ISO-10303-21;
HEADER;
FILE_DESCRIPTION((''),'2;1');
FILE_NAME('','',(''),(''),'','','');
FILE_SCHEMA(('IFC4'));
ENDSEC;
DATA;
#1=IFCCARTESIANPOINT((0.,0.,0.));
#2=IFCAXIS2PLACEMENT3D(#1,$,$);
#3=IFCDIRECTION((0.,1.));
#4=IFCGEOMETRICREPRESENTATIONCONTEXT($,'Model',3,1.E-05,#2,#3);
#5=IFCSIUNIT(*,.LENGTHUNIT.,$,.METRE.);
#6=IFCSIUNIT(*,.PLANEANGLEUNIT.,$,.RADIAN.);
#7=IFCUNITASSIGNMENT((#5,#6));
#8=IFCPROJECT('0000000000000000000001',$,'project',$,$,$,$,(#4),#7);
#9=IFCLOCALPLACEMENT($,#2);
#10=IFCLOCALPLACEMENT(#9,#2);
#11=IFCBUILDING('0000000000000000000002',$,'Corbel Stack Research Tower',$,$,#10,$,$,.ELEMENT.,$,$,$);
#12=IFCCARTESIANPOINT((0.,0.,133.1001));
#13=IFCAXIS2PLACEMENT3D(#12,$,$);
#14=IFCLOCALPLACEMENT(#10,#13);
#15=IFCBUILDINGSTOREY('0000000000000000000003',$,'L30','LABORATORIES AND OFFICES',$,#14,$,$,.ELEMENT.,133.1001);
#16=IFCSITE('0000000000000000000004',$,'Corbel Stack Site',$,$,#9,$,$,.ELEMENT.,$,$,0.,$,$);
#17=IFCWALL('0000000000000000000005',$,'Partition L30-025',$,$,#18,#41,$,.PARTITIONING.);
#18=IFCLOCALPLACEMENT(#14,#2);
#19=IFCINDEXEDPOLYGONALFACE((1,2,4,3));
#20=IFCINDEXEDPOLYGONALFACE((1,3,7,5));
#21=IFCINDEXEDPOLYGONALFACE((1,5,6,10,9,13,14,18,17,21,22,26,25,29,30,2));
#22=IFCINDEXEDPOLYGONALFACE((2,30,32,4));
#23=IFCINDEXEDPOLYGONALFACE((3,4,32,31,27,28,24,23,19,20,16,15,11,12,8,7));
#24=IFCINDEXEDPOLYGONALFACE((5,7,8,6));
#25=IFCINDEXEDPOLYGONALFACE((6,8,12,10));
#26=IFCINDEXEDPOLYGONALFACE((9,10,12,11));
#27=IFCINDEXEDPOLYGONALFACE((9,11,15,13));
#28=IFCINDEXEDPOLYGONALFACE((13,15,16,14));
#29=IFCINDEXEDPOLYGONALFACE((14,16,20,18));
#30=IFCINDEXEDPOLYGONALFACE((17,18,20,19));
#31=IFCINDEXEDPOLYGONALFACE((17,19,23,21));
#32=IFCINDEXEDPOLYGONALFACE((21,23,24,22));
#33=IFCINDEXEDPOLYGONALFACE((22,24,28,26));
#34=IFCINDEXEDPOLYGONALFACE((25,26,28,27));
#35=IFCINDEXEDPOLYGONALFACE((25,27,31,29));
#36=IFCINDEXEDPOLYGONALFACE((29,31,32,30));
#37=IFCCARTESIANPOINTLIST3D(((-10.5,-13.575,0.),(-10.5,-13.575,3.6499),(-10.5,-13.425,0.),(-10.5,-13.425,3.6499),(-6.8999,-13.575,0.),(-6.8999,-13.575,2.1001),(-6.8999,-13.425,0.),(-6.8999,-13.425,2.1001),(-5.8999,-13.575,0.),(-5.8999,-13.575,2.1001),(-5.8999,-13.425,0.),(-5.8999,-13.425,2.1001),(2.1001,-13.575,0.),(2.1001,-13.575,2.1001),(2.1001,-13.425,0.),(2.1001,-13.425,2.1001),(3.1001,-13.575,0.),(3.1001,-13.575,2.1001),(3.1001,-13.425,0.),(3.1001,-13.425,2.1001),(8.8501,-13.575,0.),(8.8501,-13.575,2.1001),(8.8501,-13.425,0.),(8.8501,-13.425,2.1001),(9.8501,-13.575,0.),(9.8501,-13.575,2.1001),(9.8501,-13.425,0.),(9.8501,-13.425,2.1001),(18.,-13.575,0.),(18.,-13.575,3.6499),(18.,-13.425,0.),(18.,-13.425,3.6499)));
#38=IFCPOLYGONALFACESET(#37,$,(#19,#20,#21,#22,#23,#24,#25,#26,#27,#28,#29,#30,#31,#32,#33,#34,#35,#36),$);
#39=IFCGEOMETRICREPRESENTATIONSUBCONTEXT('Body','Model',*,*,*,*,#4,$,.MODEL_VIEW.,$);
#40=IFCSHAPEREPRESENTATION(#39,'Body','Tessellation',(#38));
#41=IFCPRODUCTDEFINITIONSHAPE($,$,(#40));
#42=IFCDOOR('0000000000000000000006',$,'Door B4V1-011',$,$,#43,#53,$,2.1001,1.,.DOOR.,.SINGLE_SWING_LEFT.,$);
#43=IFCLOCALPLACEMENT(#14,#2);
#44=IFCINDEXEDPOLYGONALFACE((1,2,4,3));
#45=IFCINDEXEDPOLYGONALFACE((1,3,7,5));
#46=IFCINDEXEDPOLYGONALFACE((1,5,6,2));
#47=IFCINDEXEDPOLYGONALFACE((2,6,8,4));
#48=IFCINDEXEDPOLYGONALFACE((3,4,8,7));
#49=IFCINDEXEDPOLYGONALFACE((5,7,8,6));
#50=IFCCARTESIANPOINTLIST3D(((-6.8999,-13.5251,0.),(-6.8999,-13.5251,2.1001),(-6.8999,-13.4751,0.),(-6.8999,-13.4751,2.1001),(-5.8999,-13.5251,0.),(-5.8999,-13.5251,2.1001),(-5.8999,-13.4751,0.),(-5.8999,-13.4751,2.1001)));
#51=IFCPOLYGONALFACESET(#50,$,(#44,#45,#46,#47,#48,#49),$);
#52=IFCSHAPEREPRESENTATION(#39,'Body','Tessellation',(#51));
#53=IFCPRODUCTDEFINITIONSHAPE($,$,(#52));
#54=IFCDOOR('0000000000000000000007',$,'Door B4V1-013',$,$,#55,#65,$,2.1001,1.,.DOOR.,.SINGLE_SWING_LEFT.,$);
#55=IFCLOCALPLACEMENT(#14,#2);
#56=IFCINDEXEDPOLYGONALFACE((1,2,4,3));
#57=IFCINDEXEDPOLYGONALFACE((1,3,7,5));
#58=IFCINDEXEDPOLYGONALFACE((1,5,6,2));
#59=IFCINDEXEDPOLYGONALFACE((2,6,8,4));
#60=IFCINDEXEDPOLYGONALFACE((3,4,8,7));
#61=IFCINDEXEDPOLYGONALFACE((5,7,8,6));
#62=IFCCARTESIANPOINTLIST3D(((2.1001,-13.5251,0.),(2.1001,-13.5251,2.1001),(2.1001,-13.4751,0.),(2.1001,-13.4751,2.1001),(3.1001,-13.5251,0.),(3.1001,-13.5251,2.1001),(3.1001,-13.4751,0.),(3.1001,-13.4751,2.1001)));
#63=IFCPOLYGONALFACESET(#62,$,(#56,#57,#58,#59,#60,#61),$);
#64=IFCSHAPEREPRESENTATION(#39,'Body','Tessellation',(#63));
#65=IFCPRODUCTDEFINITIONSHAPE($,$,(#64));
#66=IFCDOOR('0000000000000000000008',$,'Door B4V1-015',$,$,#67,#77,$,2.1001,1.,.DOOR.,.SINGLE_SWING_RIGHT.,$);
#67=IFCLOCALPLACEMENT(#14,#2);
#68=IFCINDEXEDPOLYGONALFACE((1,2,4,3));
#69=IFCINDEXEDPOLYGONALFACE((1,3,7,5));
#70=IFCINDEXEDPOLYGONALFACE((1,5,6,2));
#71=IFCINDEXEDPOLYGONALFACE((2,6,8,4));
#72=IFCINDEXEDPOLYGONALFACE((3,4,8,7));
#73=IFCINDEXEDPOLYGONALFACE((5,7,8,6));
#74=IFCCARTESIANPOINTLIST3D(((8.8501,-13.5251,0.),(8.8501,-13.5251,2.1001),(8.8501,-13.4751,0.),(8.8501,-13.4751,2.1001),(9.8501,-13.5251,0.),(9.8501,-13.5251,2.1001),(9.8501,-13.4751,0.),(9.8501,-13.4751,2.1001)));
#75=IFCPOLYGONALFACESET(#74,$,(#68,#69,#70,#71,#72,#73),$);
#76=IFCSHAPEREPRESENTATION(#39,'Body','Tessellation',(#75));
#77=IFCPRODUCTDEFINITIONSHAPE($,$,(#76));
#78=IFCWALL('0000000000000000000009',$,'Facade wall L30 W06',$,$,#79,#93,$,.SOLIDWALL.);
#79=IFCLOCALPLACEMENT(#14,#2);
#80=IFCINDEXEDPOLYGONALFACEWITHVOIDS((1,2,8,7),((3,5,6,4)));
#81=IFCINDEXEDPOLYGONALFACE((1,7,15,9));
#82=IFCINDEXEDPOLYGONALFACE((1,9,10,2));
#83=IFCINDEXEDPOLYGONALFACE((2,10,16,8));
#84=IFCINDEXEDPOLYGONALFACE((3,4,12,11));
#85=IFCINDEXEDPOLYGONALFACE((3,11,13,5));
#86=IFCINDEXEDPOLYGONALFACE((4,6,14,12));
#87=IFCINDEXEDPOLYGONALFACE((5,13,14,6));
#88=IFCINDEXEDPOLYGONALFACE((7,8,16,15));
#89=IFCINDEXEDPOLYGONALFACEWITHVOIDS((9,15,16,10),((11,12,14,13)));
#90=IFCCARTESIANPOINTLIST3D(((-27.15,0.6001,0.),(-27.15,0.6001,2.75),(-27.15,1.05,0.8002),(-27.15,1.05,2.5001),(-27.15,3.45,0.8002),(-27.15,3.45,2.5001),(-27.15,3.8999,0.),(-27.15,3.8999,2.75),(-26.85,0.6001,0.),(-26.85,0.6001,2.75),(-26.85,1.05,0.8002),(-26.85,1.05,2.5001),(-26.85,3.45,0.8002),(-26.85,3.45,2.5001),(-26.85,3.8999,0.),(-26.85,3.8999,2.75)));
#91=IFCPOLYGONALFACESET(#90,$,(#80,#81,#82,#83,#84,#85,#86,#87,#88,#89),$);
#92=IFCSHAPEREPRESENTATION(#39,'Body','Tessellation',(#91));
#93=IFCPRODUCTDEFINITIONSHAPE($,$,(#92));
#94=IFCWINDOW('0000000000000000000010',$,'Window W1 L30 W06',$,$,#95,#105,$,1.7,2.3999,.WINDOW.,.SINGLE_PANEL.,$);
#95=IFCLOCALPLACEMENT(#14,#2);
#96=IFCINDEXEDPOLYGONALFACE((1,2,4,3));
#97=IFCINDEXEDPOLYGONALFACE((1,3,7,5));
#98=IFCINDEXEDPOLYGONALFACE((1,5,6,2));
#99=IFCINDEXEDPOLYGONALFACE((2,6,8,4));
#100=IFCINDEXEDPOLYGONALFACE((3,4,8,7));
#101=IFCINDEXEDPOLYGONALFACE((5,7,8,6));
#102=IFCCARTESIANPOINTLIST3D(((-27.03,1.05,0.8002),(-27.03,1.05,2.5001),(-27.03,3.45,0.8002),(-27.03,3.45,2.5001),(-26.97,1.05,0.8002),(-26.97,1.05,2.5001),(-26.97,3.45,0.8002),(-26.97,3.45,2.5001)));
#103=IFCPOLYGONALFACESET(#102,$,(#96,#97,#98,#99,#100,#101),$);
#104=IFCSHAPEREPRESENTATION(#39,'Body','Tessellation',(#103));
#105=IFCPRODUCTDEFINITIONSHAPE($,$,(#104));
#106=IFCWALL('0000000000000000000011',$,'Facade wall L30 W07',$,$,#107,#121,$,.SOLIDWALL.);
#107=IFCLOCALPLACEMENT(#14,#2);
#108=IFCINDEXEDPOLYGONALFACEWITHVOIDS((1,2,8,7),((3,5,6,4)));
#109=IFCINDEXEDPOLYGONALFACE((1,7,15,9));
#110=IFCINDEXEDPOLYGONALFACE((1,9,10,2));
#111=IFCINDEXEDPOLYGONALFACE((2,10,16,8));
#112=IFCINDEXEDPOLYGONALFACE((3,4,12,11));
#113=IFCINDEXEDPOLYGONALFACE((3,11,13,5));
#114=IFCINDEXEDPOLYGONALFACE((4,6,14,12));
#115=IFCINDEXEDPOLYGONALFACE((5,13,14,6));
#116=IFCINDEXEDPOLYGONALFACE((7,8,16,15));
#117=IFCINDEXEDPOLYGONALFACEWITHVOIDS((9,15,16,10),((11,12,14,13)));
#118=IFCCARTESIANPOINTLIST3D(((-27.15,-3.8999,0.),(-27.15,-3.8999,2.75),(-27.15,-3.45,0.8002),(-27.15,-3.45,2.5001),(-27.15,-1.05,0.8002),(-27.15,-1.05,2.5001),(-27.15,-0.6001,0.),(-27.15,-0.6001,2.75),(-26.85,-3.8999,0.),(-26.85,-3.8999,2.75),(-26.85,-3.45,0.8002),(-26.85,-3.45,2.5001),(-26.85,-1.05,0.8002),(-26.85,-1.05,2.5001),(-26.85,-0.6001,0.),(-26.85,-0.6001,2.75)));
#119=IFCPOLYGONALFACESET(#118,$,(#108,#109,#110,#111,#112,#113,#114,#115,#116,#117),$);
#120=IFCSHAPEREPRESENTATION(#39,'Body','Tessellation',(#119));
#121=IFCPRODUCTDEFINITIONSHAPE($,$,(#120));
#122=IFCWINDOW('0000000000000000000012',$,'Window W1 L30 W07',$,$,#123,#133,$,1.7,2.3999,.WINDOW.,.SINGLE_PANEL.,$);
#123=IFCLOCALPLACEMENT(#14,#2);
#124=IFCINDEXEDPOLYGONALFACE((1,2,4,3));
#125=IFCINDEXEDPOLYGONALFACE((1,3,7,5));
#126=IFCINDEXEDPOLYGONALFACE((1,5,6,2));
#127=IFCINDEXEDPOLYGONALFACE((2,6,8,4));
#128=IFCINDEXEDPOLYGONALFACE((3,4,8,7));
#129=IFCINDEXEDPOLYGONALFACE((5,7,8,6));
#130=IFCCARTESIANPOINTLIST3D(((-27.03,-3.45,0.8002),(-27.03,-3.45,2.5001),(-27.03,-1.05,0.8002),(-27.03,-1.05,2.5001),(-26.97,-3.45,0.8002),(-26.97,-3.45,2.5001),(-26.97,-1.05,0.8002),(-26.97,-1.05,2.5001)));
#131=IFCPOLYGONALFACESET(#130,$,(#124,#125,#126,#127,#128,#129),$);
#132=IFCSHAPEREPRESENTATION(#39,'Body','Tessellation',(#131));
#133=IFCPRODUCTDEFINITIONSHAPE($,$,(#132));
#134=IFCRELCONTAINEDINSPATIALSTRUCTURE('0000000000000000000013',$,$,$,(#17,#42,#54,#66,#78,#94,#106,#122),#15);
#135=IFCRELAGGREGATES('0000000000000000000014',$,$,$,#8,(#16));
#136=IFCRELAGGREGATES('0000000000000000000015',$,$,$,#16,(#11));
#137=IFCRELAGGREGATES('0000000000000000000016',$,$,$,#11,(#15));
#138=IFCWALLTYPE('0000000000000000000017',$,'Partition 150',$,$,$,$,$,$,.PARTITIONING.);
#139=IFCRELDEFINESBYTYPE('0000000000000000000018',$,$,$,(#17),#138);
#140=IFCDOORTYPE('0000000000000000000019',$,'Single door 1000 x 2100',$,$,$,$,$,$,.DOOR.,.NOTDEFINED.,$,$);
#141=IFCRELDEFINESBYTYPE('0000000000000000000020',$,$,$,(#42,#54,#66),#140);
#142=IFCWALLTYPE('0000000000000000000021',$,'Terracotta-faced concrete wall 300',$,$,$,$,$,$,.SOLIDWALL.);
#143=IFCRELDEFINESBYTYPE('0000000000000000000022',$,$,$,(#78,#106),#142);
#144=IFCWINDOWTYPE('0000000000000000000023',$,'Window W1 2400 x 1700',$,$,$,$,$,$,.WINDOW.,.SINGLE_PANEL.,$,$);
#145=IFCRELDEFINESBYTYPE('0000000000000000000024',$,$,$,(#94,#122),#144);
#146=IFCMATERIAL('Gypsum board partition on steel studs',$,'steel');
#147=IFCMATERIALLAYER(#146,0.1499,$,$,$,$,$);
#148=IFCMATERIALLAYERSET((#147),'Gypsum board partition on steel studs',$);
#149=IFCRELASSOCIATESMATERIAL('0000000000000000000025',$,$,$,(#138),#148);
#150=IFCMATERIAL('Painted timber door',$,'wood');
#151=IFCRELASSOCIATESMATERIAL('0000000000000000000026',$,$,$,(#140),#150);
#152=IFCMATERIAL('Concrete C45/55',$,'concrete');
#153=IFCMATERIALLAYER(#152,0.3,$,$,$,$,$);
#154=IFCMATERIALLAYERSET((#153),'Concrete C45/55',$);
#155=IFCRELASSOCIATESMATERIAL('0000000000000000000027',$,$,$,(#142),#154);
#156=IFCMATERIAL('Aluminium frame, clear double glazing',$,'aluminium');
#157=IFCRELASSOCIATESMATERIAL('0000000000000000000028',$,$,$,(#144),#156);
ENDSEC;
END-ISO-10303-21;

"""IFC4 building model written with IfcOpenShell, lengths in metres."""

from ifc_helpers import new_model, si_unit, direction, frame, frame_2d, origin, place, context, subcontext, project, spatial, rectangle, extrude, material, layer, layer_set, type_object, element, fill, save


model = new_model("IFC4")

# Units and contexts
model_context = context("Model", 3, precision=1e-05, world=origin(), true_north=direction((0.0, 1.0)))
body_context = subcontext(model_context, "Body", "Model", "MODEL_VIEW")
ifc_project = project(units=[si_unit("LENGTHUNIT", "METRE"), si_unit("PLANEANGLEUNIT", "RADIAN")], contexts=[model_context])

# Site, building, storey
site_placement = place(None, origin())
site = spatial("IfcSite", under=ifc_project, at=site_placement, Name="Corbel Stack Site", CompositionType="ELEMENT", RefElevation=0.0)
building_placement = place(site_placement, origin())
building = spatial("IfcBuilding", under=site, at=building_placement, Name="Corbel Stack Research Tower", CompositionType="ELEMENT")
storey_placement = place(building_placement, frame((0.0, 0.0, 133.1001)))
storey = spatial("IfcBuildingStorey", under=building, at=storey_placement, Name="L30", Description="LABORATORIES AND OFFICES", CompositionType="ELEMENT", Elevation=133.1001)

# Shared definitions
ifc_material_1 = material(Name="Gypsum board partition on steel studs", Category="steel")
ifc_layer_1 = layer(ifc_material_1, 0.1499)
ifc_layer_set_1 = layer_set([ifc_layer_1], Name="Gypsum board partition on steel studs")
wall_type_1 = type_object("IfcWallType", Name="Partition 150", PredefinedType="PARTITIONING", material=ifc_layer_set_1)
ifc_material_2 = material(Name="Painted timber door", Category="wood")
door_type_1 = type_object("IfcDoorType", Name="Single door 1000 x 2100", OperationType="NOTDEFINED", PredefinedType="DOOR", material=ifc_material_2)

# Wall, openings, doors
wall_1_placement = place(storey_placement, frame((-10.5, -13.5, 0.0), z_axis=(0.0, 0.0, 1.0), x_axis=(1.0, 0.0, 0.0)))
wall_1 = element("IfcWall", 1, at=wall_1_placement, inside=storey, type_object=wall_type_1, Name="Partition L30-025", PredefinedType="PARTITIONING", context=body_context, shape_type="SweptSolid", body=[
    extrude(rectangle(XDim=28.5, YDim=0.1499, at=frame_2d((14.25, 0.0))), origin(), (0.0, 0.0, 1.0), 3.6499),
])
opening_1_placement = place(wall_1_placement, frame((3.6001, 0.0, 0.0)))
opening_1 = element("IfcOpeningElement", 2, at=opening_1_placement, cuts=wall_1, PredefinedType="OPENING", context=body_context, shape_type="SweptSolid", body=[
    extrude(rectangle(XDim=1.0, YDim=2.1001, at=frame_2d((0.5, 1.05))), frame((0.0, 0.085, 0.0), z_axis=(0.0, -1.0, 0.0), x_axis=(1.0, 0.0, 0.0)), (0.0, 0.0, 1.0), 0.1699),
])
opening_2_placement = place(wall_1_placement, frame((12.6001, 0.0, 0.0)))
opening_2 = element("IfcOpeningElement", 3, at=opening_2_placement, cuts=wall_1, PredefinedType="OPENING", context=body_context, shape_type="SweptSolid", body=[
    extrude(rectangle(XDim=1.0, YDim=2.1001, at=frame_2d((0.5, 1.05))), frame((0.0, 0.085, 0.0), z_axis=(0.0, -1.0, 0.0), x_axis=(1.0, 0.0, 0.0)), (0.0, 0.0, 1.0), 0.1699),
])
opening_3_placement = place(wall_1_placement, frame((19.3501, 0.0, 0.0)))
opening_3 = element("IfcOpeningElement", 4, at=opening_3_placement, cuts=wall_1, PredefinedType="OPENING", context=body_context, shape_type="SweptSolid", body=[
    extrude(rectangle(XDim=1.0, YDim=2.1001, at=frame_2d((0.5, 1.05))), frame((0.0, 0.085, 0.0), z_axis=(0.0, -1.0, 0.0), x_axis=(1.0, 0.0, 0.0)), (0.0, 0.0, 1.0), 0.1699),
])
door_1_placement = place(opening_1_placement, origin())
door_1 = element("IfcDoor", 5, at=door_1_placement, inside=storey, type_object=door_type_1, Name="Door B4V1-011", OperationType="SINGLE_SWING_LEFT", OverallHeight=2.1001, OverallWidth=1.0, PredefinedType="DOOR", context=body_context, shape_type="SweptSolid", body=[
    extrude(rectangle(XDim=1.0, YDim=2.1001, at=frame_2d((0.5, 1.05))), frame((0.0, 0.0249, 0.0), z_axis=(0.0, -1.0, 0.0), x_axis=(1.0, 0.0, 0.0)), (0.0, 0.0, 1.0), 0.05),
])
fill(opening_1, door_1)
door_2_placement = place(opening_2_placement, origin())
door_2 = element("IfcDoor", 6, at=door_2_placement, inside=storey, type_object=door_type_1, Name="Door B4V1-013", OperationType="SINGLE_SWING_LEFT", OverallHeight=2.1001, OverallWidth=1.0, PredefinedType="DOOR", context=body_context, shape_type="SweptSolid", body=[
    extrude(rectangle(XDim=1.0, YDim=2.1001, at=frame_2d((0.5, 1.05))), frame((0.0, 0.0249, 0.0), z_axis=(0.0, -1.0, 0.0), x_axis=(1.0, 0.0, 0.0)), (0.0, 0.0, 1.0), 0.05),
])
fill(opening_2, door_2)
door_3_placement = place(opening_3_placement, origin())
door_3 = element("IfcDoor", 7, at=door_3_placement, inside=storey, type_object=door_type_1, Name="Door B4V1-015", OperationType="SINGLE_SWING_RIGHT", OverallHeight=2.1001, OverallWidth=1.0, PredefinedType="DOOR", context=body_context, shape_type="SweptSolid", body=[
    extrude(rectangle(XDim=1.0, YDim=2.1001, at=frame_2d((0.5, 1.05))), frame((0.0, 0.0249, 0.0), z_axis=(0.0, -1.0, 0.0), x_axis=(1.0, 0.0, 0.0)), (0.0, 0.0, 1.0), 0.05),
])
fill(opening_3, door_3)

# Walls, openings, windows
ifc_material_3 = material(Name="Concrete C45/55", Category="concrete")
ifc_layer_2 = layer(ifc_material_3, 0.3)
ifc_layer_set_2 = layer_set([ifc_layer_2], Name="Concrete C45/55")
wall_type_2 = type_object("IfcWallType", Name="Terracotta-faced concrete wall 300", PredefinedType="SOLIDWALL", material=ifc_layer_set_2)
wall_2_placement = place(storey_placement, frame((-27.0, 0.6001, 0.0), z_axis=(0.0, 0.0, 1.0), x_axis=(0.0, 1.0, 0.0)))
wall_2 = element("IfcWall", 8, at=wall_2_placement, inside=storey, type_object=wall_type_2, Name="Facade wall L30 W06", PredefinedType="SOLIDWALL", context=body_context, shape_type="SweptSolid", body=[
    extrude(rectangle(XDim=3.2998, YDim=0.3, at=frame_2d((1.6499, 0.0))), origin(), (0.0, 0.0, 1.0), 2.75),
])
opening_4_placement = place(wall_2_placement, frame((0.45, 0.0, 0.8)))
opening_4 = element("IfcOpeningElement", 9, at=opening_4_placement, cuts=wall_2, PredefinedType="OPENING", context=body_context, shape_type="SweptSolid", body=[
    extrude(rectangle(XDim=2.3999, YDim=1.7, at=frame_2d((1.2, 0.8501))), frame((0.0, 0.1599, 0.0), z_axis=(0.0, -1.0, 0.0), x_axis=(1.0, 0.0, 0.0)), (0.0, 0.0, 1.0), 0.3201),
])
ifc_material_4 = material(Name="Aluminium frame, clear double glazing", Category="aluminium")
window_type = type_object("IfcWindowType", Name="Window W1 2400 x 1700", PartitioningType="SINGLE_PANEL", PredefinedType="WINDOW", material=ifc_material_4)
window_1_placement = place(opening_4_placement, origin())
window_1 = element("IfcWindow", 10, at=window_1_placement, inside=storey, type_object=window_type, Name="Window W1 L30 W06", OverallHeight=1.7, OverallWidth=2.3999, PartitioningType="SINGLE_PANEL", PredefinedType="WINDOW", context=body_context, shape_type="SweptSolid", body=[
    extrude(rectangle(XDim=2.3999, YDim=1.7, at=frame_2d((1.2, 0.8501))), frame((0.0, 0.03, 0.0), z_axis=(0.0, -1.0, 0.0), x_axis=(1.0, 0.0, 0.0)), (0.0, 0.0, 1.0), 0.0601),
])
fill(opening_4, window_1)
wall_3_placement = place(storey_placement, frame((-27.0, -3.8999, 0.0), z_axis=(0.0, 0.0, 1.0), x_axis=(0.0, 1.0, 0.0)))
wall_3 = element("IfcWall", 11, at=wall_3_placement, inside=storey, type_object=wall_type_2, Name="Facade wall L30 W07", PredefinedType="SOLIDWALL", context=body_context, shape_type="SweptSolid", body=[
    extrude(rectangle(XDim=3.2998, YDim=0.3, at=frame_2d((1.6499, 0.0))), origin(), (0.0, 0.0, 1.0), 2.75),
])
opening_5_placement = place(wall_3_placement, frame((0.45, 0.0, 0.8)))
opening_5 = element("IfcOpeningElement", 12, at=opening_5_placement, cuts=wall_3, PredefinedType="OPENING", context=body_context, shape_type="SweptSolid", body=[
    extrude(rectangle(XDim=2.3999, YDim=1.7, at=frame_2d((1.2, 0.8501))), frame((0.0, 0.1599, 0.0), z_axis=(0.0, -1.0, 0.0), x_axis=(1.0, 0.0, 0.0)), (0.0, 0.0, 1.0), 0.3201),
])
window_2_placement = place(opening_5_placement, origin())
window_2 = element("IfcWindow", 13, at=window_2_placement, inside=storey, type_object=window_type, Name="Window W1 L30 W07", OverallHeight=1.7, OverallWidth=2.3999, PartitioningType="SINGLE_PANEL", PredefinedType="WINDOW", context=body_context, shape_type="SweptSolid", body=[
    extrude(rectangle(XDim=2.3999, YDim=1.7, at=frame_2d((1.2, 0.8501))), frame((0.0, 0.03, 0.0), z_axis=(0.0, -1.0, 0.0), x_axis=(1.0, 0.0, 0.0)), (0.0, 0.0, 1.0), 0.0601),
])
fill(opening_5, window_2)

save(model, "model.ifc")
